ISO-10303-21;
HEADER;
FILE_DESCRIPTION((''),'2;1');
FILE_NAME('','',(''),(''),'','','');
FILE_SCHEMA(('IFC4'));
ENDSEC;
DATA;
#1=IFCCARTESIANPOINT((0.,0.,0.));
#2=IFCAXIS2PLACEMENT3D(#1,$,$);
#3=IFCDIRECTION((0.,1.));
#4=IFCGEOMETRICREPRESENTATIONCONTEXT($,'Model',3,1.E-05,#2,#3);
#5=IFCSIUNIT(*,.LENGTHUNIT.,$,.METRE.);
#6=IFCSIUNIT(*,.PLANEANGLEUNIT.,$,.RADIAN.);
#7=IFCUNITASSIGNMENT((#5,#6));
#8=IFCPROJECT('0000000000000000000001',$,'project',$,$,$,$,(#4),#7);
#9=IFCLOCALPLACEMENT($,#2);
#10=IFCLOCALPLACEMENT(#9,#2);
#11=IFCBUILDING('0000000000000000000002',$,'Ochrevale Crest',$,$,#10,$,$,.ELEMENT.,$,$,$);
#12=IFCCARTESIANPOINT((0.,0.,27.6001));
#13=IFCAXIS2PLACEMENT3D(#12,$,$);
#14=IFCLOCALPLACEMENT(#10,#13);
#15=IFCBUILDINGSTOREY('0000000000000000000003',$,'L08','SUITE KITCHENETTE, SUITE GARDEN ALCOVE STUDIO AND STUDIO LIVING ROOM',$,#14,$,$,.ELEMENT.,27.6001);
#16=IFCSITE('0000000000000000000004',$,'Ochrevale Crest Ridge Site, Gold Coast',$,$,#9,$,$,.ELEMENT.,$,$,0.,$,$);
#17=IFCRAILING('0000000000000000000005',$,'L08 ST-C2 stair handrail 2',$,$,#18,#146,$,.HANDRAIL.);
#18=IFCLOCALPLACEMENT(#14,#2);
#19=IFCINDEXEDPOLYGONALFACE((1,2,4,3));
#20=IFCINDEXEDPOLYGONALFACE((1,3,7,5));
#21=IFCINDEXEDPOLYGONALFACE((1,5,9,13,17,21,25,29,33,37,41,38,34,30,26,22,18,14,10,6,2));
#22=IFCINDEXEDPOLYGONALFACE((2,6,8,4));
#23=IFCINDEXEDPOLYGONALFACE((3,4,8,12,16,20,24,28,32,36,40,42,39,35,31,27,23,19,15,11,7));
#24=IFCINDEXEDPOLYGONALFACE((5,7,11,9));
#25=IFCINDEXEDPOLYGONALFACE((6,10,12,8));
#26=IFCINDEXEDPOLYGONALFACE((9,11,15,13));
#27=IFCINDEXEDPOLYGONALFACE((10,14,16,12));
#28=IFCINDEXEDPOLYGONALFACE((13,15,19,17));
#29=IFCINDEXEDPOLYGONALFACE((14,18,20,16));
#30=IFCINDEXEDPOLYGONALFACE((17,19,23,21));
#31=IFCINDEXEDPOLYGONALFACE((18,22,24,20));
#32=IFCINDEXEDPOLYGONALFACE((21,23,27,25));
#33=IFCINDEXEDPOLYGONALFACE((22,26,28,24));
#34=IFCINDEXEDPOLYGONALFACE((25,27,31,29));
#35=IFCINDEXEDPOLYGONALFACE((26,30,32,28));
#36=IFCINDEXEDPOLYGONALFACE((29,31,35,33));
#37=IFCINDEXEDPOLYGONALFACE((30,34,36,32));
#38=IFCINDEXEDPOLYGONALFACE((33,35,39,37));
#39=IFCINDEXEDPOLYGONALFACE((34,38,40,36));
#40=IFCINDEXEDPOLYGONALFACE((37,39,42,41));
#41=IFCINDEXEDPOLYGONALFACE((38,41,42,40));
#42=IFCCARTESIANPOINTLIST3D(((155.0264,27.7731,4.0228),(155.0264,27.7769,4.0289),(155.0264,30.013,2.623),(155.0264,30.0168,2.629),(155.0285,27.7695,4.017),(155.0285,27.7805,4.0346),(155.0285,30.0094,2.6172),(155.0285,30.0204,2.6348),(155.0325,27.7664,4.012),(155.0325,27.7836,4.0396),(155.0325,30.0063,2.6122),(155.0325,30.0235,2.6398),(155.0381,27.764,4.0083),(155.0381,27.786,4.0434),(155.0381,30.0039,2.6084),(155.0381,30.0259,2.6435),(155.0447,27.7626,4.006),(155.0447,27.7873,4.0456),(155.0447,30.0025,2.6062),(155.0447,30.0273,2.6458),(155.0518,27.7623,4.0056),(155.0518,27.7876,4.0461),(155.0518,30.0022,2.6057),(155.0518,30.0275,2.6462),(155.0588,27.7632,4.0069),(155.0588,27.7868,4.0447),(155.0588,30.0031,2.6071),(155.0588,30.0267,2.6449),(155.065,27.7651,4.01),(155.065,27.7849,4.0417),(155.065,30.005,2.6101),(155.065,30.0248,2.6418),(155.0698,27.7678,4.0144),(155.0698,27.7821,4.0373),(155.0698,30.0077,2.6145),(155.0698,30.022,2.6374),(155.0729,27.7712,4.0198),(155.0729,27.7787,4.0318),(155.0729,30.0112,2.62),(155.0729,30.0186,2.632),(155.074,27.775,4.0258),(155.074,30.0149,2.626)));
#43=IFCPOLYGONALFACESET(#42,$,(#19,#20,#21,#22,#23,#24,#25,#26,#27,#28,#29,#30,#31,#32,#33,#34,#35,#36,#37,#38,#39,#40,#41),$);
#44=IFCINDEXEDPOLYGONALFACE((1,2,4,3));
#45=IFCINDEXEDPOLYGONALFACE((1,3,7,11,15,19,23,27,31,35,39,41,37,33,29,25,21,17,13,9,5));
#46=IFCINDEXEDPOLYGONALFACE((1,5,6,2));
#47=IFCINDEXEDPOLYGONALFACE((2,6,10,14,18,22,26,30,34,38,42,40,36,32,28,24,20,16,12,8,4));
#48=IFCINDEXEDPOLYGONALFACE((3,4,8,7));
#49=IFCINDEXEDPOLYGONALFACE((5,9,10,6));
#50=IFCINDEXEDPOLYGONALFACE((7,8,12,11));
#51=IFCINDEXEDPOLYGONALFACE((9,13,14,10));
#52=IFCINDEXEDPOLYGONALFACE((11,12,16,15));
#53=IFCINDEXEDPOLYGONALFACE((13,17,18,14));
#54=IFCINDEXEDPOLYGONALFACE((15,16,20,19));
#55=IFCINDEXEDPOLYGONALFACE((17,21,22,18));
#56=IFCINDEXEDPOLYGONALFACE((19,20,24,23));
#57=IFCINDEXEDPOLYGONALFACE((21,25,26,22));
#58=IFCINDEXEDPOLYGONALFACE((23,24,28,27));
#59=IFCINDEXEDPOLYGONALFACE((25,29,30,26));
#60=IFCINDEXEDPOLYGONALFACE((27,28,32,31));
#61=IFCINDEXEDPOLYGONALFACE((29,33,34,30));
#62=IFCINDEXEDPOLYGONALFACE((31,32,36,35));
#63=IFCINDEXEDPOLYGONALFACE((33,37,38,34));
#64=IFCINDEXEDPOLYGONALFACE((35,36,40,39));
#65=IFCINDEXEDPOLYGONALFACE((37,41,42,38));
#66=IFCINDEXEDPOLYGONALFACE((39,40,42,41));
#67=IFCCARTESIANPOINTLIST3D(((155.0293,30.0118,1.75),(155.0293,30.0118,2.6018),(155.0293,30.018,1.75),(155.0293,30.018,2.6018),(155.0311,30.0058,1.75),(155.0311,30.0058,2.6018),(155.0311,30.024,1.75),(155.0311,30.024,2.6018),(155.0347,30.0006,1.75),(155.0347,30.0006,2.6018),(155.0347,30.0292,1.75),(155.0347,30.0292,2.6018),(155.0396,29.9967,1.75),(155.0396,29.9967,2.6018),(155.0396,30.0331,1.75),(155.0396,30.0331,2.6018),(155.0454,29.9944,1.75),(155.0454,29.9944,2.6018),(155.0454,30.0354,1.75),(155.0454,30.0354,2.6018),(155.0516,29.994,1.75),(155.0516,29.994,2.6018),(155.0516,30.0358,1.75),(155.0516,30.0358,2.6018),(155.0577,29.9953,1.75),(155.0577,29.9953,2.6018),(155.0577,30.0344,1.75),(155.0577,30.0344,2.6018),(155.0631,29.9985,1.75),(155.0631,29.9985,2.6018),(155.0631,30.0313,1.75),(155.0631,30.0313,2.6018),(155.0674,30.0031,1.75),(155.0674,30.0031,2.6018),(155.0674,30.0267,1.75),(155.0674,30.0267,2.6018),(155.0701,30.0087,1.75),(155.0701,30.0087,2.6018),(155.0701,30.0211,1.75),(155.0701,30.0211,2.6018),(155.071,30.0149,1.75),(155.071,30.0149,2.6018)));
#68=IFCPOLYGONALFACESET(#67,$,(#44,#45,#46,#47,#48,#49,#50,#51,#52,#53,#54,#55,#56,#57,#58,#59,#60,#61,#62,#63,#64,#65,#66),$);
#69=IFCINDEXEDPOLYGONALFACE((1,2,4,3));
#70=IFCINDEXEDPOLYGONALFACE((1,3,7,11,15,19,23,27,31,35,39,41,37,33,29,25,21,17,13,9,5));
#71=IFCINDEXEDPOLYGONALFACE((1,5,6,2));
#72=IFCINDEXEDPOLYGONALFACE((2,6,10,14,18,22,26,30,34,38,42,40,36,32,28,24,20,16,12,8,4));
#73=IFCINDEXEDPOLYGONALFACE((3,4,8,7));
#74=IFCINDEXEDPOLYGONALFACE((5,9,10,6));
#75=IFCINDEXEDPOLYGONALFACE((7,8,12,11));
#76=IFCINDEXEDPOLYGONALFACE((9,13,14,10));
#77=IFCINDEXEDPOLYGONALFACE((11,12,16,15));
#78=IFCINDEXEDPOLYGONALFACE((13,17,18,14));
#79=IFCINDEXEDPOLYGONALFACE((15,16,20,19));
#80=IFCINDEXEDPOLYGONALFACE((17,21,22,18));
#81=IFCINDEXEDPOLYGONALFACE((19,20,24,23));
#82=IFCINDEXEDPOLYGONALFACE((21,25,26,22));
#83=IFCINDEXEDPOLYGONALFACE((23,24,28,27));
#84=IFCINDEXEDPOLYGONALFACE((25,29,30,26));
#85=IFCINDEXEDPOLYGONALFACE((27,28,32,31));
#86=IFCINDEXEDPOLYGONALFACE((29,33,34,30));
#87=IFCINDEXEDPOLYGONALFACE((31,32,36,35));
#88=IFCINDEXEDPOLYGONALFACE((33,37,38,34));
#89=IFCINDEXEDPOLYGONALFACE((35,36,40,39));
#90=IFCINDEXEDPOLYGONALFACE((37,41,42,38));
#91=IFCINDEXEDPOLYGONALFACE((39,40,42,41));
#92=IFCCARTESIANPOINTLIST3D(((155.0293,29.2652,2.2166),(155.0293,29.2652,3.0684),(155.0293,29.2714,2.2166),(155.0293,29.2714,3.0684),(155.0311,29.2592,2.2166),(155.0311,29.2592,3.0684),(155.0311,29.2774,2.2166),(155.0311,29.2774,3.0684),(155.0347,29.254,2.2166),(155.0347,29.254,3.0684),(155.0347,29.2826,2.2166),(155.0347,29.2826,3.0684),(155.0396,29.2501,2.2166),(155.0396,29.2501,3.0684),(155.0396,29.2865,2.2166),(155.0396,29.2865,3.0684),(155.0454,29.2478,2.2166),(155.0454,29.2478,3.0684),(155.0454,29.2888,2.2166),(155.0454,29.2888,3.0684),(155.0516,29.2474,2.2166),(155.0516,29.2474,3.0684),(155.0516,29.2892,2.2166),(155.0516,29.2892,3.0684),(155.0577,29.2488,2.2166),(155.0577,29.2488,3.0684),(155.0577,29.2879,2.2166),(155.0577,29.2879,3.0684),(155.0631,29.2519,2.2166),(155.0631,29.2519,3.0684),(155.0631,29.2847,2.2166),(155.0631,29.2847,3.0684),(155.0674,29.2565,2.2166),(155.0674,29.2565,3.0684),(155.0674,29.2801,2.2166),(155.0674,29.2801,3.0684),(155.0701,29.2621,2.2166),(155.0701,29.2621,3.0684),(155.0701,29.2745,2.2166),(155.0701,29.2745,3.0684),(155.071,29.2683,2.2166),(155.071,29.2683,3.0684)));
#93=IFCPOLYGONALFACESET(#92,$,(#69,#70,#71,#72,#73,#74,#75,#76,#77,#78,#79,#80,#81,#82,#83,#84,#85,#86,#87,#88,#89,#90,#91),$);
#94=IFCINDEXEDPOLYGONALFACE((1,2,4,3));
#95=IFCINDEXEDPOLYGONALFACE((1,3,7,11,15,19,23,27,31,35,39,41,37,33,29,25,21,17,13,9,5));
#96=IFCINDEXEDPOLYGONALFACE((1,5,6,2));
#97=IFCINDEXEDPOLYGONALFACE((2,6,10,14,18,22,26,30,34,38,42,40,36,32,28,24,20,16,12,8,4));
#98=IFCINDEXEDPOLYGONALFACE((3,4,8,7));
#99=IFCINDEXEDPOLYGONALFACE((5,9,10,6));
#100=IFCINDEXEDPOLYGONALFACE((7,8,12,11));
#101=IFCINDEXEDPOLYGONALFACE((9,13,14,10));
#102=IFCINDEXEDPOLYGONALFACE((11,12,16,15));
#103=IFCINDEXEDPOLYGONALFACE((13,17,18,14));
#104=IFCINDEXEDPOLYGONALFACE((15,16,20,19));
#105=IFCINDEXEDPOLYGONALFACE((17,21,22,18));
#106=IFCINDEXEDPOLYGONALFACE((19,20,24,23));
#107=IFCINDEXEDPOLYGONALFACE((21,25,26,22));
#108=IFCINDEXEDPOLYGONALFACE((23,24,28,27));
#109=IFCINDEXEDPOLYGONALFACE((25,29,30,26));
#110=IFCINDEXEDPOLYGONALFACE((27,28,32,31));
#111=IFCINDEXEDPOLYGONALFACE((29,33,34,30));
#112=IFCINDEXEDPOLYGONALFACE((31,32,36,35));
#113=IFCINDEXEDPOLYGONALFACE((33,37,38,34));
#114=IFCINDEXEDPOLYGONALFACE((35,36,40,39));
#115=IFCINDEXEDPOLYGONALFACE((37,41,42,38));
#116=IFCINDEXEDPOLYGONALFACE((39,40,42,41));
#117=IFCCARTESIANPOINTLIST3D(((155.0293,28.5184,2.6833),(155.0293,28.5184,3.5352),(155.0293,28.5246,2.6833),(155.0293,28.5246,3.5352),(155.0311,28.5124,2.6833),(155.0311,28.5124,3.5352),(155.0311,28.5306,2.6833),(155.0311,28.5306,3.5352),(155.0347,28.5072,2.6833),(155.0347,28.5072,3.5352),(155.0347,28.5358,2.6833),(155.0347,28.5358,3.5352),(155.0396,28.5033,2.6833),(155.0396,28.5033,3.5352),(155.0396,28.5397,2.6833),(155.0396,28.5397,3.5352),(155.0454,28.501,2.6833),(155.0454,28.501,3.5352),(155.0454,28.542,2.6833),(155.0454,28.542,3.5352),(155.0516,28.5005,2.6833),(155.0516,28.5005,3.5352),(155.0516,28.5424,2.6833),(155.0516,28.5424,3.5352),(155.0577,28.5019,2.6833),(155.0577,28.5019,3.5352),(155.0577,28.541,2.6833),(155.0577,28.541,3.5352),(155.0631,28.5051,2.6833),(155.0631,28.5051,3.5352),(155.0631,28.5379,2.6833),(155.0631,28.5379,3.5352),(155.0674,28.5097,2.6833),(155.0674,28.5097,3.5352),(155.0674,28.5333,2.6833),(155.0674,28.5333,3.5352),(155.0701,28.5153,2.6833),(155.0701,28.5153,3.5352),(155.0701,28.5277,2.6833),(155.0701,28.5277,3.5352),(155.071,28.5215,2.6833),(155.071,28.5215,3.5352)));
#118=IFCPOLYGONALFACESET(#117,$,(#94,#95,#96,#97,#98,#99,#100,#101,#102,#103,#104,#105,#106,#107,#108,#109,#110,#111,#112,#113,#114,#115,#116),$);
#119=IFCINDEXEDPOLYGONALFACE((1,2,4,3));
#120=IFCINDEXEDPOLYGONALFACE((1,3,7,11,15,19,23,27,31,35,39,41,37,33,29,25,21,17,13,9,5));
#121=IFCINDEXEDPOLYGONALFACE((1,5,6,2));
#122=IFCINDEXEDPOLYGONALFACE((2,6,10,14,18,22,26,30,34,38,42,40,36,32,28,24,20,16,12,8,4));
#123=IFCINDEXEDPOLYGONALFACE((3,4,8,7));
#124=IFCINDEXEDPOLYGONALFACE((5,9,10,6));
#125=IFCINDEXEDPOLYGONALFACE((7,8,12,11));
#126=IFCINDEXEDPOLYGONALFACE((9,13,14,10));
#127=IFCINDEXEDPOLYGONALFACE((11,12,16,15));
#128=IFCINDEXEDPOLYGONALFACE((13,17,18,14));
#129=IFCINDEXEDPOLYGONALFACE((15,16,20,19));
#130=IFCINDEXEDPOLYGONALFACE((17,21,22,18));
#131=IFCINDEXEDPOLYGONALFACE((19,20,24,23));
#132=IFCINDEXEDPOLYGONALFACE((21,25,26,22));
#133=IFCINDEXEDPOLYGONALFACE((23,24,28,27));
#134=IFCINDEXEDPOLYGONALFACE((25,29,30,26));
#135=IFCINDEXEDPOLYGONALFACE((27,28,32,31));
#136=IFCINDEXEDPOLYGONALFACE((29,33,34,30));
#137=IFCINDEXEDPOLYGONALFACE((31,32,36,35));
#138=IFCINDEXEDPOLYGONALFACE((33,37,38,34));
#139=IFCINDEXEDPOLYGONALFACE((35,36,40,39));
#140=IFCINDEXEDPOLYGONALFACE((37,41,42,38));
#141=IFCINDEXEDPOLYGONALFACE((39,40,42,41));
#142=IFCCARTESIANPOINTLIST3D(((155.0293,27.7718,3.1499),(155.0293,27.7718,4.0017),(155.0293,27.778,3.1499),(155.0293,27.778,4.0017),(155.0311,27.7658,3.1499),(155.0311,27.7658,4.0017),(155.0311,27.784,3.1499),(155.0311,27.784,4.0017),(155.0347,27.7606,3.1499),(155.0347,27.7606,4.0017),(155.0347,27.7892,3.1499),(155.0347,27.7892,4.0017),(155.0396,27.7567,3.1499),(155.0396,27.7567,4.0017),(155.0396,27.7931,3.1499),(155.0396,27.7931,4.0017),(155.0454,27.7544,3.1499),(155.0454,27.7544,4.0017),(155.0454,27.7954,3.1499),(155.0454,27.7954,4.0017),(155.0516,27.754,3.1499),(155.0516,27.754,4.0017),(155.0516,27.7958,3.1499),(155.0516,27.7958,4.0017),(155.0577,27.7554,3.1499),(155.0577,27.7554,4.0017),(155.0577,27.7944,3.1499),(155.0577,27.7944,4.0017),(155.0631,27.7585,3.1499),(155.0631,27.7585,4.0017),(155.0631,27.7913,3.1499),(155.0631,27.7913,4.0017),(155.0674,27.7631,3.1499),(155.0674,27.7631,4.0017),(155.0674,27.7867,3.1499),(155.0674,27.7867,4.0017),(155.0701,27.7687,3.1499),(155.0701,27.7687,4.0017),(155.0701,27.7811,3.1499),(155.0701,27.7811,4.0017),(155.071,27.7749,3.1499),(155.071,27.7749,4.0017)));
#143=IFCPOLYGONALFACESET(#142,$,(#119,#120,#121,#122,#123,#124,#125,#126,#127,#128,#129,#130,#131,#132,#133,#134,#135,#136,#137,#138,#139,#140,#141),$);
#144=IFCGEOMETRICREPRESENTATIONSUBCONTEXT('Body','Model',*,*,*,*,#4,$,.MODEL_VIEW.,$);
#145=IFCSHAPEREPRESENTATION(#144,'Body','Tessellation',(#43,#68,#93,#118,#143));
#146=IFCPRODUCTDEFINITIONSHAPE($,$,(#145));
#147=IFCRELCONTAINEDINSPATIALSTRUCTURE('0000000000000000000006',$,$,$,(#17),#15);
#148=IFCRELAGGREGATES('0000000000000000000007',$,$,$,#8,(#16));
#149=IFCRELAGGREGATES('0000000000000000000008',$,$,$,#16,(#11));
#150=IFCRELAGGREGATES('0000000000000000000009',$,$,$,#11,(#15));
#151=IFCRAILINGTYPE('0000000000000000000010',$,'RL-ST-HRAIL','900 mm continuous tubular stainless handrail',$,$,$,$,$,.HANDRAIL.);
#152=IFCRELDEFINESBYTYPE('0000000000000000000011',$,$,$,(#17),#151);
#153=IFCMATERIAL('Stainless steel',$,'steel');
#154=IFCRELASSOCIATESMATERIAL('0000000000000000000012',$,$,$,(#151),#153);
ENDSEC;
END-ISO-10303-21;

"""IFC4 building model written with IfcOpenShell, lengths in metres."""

from ifc_helpers import new_model, si_unit, direction, frame, origin, origin_2d, place, context, subcontext, project, spatial, circle, extrude, material, type_object, element, save


model = new_model("IFC4")

# Units and contexts
model_context = context("Model", 3, precision=1e-05, world=origin(), true_north=direction((0.0, 1.0)))
body_context = subcontext(model_context, "Body", "Model", "MODEL_VIEW")
ifc_project = project(units=[si_unit("LENGTHUNIT", "METRE"), si_unit("PLANEANGLEUNIT", "RADIAN")], contexts=[model_context])

# Site, building, storey
site_placement = place(None, origin())
site = spatial("IfcSite", under=ifc_project, at=site_placement, Name="Ochrevale Crest Ridge Site, Gold Coast", CompositionType="ELEMENT", RefElevation=0.0)
building_placement = place(site_placement, origin())
building = spatial("IfcBuilding", under=site, at=building_placement, Name="Ochrevale Crest", CompositionType="ELEMENT")
storey_placement = place(building_placement, frame((0.0, 0.0, 27.6001)))
storey = spatial("IfcBuildingStorey", under=building, at=storey_placement, Name="L08", Description="SUITE KITCHENETTE, SUITE GARDEN ALCOVE STUDIO AND STUDIO LIVING ROOM", CompositionType="ELEMENT", Elevation=27.6001)

# Railing
ifc_material_1 = material(Name="Stainless steel", Category="steel")
railing_type_1 = type_object("IfcRailingType", Name="RL-ST-HRAIL", Description="900 mm continuous tubular stainless handrail", PredefinedType="HANDRAIL", material=ifc_material_1)
railing_1_placement = place(storey_placement, frame((155.05, 30.0149, 1.75)))
element("IfcRailing", 1, at=railing_1_placement, inside=storey, type_object=railing_type_1, Name="L08 ST-C2 stair handrail 2", PredefinedType="HANDRAIL", context=body_context, shape_type="SweptSolid", body=[
    extrude(circle(Radius=0.0239, at=origin_2d()), frame((0.0, 0.0, 0.876), z_axis=(0.0, -0.848014, 0.529974), x_axis=(1.0, 0.0, 0.0)), (0.0, 0.0, 1.0), 2.6414),
    extrude(circle(Radius=0.021, at=origin_2d()), origin(), (0.0, 0.0, 1.0), 0.8518),
    extrude(circle(Radius=0.021, at=origin_2d()), frame((0.0, -0.7466, 0.4666)), (0.0, 0.0, 1.0), 0.8518),
    extrude(circle(Radius=0.021, at=origin_2d()), frame((0.0, -1.4934, 0.9333)), (0.0, 0.0, 1.0), 0.8518),
    extrude(circle(Radius=0.021, at=origin_2d()), frame((0.0, -2.24, 1.3999)), (0.0, 0.0, 1.0), 0.8518),
])

save(model, "model.ifc")
